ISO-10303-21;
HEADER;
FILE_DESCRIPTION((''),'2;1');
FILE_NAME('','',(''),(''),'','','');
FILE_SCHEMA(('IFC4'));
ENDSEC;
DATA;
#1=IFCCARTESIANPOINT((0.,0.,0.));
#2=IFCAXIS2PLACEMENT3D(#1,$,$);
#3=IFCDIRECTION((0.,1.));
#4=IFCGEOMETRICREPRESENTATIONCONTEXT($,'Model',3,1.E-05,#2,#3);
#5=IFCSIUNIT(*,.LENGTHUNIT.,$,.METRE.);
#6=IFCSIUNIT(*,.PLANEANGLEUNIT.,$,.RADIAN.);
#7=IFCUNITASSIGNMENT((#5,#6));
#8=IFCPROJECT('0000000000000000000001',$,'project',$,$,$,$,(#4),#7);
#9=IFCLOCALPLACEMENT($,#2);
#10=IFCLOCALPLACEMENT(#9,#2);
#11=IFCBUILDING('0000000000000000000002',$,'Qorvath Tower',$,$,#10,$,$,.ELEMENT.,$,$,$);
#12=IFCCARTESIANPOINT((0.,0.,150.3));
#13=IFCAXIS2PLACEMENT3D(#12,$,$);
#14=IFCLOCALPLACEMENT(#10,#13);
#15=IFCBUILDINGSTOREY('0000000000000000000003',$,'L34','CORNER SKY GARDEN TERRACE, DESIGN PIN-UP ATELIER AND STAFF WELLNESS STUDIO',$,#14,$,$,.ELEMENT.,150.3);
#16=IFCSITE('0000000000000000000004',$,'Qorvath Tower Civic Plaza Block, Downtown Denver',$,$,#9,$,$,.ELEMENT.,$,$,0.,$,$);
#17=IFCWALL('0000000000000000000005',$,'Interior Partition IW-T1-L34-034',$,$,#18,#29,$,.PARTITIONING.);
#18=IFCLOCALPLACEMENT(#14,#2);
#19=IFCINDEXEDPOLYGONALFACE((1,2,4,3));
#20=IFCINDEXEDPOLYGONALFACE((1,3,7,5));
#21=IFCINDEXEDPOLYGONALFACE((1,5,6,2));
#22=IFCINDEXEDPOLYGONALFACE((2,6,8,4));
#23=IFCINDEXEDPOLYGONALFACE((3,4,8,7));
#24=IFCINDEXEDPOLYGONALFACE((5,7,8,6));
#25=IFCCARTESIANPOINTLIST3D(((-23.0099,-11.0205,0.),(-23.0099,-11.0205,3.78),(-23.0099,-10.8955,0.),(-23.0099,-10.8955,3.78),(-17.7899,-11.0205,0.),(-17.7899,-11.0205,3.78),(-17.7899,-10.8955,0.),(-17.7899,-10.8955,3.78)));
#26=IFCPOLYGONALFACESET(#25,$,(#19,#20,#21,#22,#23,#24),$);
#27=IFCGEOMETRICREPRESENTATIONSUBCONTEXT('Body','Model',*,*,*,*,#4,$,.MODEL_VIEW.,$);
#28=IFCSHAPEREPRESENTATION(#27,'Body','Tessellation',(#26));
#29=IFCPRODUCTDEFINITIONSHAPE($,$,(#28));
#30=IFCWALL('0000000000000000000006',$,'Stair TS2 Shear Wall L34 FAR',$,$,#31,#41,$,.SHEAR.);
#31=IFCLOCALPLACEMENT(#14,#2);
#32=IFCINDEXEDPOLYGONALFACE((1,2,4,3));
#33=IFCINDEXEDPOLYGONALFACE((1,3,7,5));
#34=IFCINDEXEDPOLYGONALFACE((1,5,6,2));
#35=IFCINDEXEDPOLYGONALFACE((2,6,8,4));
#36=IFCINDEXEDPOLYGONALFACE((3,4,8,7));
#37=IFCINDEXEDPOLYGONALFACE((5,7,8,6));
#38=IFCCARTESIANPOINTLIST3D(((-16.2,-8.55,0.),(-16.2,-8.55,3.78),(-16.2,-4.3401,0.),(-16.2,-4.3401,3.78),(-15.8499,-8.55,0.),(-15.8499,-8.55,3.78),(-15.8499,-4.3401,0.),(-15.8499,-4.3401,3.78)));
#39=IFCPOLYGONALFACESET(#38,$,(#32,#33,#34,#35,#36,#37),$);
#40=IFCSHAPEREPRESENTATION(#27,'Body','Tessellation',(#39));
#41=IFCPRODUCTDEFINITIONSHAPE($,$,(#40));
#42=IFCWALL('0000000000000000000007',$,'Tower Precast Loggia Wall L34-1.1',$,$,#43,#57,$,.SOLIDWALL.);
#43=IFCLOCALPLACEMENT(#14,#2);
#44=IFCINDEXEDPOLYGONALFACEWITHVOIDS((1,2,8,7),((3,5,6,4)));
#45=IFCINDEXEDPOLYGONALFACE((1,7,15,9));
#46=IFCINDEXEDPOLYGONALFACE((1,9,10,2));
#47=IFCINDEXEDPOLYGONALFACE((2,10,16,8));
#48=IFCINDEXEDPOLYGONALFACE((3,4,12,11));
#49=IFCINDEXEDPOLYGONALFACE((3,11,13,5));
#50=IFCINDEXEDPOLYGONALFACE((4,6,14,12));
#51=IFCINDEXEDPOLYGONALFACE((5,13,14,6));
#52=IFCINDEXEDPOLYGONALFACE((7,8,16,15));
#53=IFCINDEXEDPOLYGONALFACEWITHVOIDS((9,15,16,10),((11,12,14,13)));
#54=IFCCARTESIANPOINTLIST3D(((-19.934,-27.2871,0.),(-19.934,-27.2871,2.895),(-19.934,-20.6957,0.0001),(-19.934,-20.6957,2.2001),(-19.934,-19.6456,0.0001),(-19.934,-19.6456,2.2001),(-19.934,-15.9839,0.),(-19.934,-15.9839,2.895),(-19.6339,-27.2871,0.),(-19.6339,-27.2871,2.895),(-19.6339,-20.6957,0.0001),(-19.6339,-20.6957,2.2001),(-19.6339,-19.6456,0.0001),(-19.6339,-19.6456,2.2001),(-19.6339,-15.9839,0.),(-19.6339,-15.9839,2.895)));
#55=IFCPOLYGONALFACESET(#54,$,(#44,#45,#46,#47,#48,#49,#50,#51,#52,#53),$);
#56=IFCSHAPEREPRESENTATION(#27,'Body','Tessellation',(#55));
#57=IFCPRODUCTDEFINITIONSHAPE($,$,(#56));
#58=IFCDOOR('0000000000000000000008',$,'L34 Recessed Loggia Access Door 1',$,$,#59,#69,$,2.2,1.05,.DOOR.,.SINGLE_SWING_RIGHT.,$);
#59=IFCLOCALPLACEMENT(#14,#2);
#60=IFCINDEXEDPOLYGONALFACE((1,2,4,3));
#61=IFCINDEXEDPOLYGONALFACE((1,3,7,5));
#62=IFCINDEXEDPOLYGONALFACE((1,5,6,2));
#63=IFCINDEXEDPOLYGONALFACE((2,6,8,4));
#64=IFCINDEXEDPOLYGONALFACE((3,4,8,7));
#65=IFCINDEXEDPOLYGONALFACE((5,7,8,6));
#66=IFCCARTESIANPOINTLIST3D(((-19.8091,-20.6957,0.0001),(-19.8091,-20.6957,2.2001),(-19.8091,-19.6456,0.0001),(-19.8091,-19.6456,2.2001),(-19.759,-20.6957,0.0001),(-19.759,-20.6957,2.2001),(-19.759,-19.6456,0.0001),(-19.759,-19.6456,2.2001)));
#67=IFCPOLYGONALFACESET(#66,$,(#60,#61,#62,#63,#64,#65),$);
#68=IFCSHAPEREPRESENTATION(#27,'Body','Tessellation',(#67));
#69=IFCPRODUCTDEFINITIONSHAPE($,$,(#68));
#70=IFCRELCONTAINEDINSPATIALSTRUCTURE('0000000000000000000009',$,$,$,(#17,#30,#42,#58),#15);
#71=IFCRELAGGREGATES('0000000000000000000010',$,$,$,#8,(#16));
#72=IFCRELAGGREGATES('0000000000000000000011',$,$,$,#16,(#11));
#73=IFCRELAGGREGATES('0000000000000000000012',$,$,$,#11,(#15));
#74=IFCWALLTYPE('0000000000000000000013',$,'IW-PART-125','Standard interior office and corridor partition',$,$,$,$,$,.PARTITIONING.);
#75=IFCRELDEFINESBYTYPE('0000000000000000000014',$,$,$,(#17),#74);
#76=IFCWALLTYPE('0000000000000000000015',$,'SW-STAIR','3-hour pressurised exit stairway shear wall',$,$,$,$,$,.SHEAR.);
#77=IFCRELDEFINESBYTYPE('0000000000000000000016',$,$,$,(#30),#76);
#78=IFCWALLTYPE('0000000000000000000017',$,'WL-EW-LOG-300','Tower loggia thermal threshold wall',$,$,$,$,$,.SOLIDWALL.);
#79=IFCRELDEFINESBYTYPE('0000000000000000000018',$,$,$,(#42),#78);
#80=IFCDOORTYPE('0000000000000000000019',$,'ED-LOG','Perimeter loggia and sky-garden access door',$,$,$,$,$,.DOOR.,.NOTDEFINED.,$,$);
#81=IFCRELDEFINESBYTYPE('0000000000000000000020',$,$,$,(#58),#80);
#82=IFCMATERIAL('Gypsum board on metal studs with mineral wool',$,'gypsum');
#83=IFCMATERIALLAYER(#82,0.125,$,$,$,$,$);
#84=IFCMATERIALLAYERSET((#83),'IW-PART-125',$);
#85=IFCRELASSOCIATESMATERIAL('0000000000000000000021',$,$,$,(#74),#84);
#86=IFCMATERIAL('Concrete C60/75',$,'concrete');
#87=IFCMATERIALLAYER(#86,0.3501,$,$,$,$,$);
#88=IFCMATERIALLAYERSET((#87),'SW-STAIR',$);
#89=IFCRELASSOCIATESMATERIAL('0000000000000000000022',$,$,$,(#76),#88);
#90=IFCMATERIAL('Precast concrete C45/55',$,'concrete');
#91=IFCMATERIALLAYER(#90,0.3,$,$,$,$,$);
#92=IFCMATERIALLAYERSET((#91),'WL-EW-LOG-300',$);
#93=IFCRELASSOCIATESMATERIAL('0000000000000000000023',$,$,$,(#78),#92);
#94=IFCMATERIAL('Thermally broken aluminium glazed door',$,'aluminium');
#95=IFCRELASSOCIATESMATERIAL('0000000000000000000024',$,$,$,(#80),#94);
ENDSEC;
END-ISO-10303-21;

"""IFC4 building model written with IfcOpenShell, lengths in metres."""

from ifc_helpers import new_model, si_unit, direction, frame, frame_2d, origin, place, context, subcontext, project, spatial, rectangle, extrude, material, layer, layer_set, type_object, element, fill, save


model = new_model("IFC4")

# Units and contexts
model_context = context("Model", 3, precision=1e-05, world=origin(), true_north=direction((0.0, 1.0)))
body_context = subcontext(model_context, "Body", "Model", "MODEL_VIEW")
ifc_project = project(units=[si_unit("LENGTHUNIT", "METRE"), si_unit("PLANEANGLEUNIT", "RADIAN")], contexts=[model_context])

# Site, building, storey
site_placement = place(None, origin())
site = spatial("IfcSite", under=ifc_project, at=site_placement, Name="Qorvath Tower Civic Plaza Block, Downtown Denver", CompositionType="ELEMENT", RefElevation=0.0)
building_placement = place(site_placement, origin())
building = spatial("IfcBuilding", under=site, at=building_placement, Name="Qorvath Tower", CompositionType="ELEMENT")
storey_placement = place(building_placement, frame((0.0, 0.0, 150.3)))
storey = spatial("IfcBuildingStorey", under=building, at=storey_placement, Name="L34", Description="CORNER SKY GARDEN TERRACE, DESIGN PIN-UP ATELIER AND STAFF WELLNESS STUDIO", CompositionType="ELEMENT", Elevation=150.3)

# Walls
ifc_material_1 = material(Name="Gypsum board on metal studs with mineral wool", Category="gypsum")
ifc_layer_1 = layer(ifc_material_1, 0.125)
ifc_layer_set_1 = layer_set([ifc_layer_1], Name="IW-PART-125")
wall_type_1 = type_object("IfcWallType", Name="IW-PART-125", Description="Standard interior office and corridor partition", PredefinedType="PARTITIONING", material=ifc_layer_set_1)
wall_1_placement = place(storey_placement, frame((-17.79, -10.958, 0.0), z_axis=(0.0, 0.0, 1.0), x_axis=(-1.0, 0.0, 0.0)))
element("IfcWall", 1, at=wall_1_placement, inside=storey, type_object=wall_type_1, Name="Interior Partition IW-T1-L34-034", PredefinedType="PARTITIONING", context=body_context, shape_type="SweptSolid", body=[
    extrude(rectangle(XDim=5.22, YDim=0.125, at=frame_2d((2.6099, 0.0))), origin(), (0.0, 0.0, 1.0), 3.78),
])
ifc_material_2 = material(Name="Concrete C60/75", Category="concrete")
ifc_layer_2 = layer(ifc_material_2, 0.3501)
ifc_layer_set_2 = layer_set([ifc_layer_2], Name="SW-STAIR")
wall_type_2 = type_object("IfcWallType", Name="SW-STAIR", Description="3-hour pressurised exit stairway shear wall", PredefinedType="SHEAR", material=ifc_layer_set_2)
wall_2_placement = place(storey_placement, frame((-16.0249, -8.55, 0.0), z_axis=(0.0, 0.0, 1.0), x_axis=(0.0, 1.0, 0.0)))
element("IfcWall", 2, at=wall_2_placement, inside=storey, type_object=wall_type_2, Name="Stair TS2 Shear Wall L34 FAR", PredefinedType="SHEAR", context=body_context, shape_type="SweptSolid", body=[
    extrude(rectangle(XDim=4.21, YDim=0.3501, at=frame_2d((2.105, 0.0))), origin(), (0.0, 0.0, 1.0), 3.78),
])

# Wall, opening, door
ifc_material_3 = material(Name="Precast concrete C45/55", Category="concrete")
ifc_layer_3 = layer(ifc_material_3, 0.3)
ifc_layer_set_3 = layer_set([ifc_layer_3], Name="WL-EW-LOG-300")
wall_type_3 = type_object("IfcWallType", Name="WL-EW-LOG-300", Description="Tower loggia thermal threshold wall", PredefinedType="SOLIDWALL", material=ifc_layer_set_3)
wall_3_placement = place(storey_placement, frame((-19.7839, -15.9839, 0.0), z_axis=(0.0, 0.0, 1.0), x_axis=(0.0, -1.0, 0.0)))
wall_3 = element("IfcWall", 3, at=wall_3_placement, inside=storey, type_object=wall_type_3, Name="Tower Precast Loggia Wall L34-1.1", PredefinedType="SOLIDWALL", context=body_context, shape_type="SweptSolid", body=[
    extrude(rectangle(XDim=11.3032, YDim=0.3, at=frame_2d((5.6516, 0.0))), origin(), (0.0, 0.0, 1.0), 2.895),
])
opening_placement = place(wall_3_placement, frame((3.6619, 0.0, 0.0)))
opening = element("IfcOpeningElement", 4, at=opening_placement, cuts=wall_3, PredefinedType="OPENING", context=body_context, shape_type="SweptSolid", body=[
    extrude(rectangle(XDim=1.05, YDim=2.2, at=frame_2d((0.5249, 1.1001))), frame((0.0, 0.1602, 0.0), z_axis=(0.0, -1.0, 0.0), x_axis=(1.0, 0.0, 0.0)), (0.0, 0.0, 1.0), 0.3201),
])
ifc_material_4 = material(Name="Thermally broken aluminium glazed door", Category="aluminium")
door_type = type_object("IfcDoorType", Name="ED-LOG", Description="Perimeter loggia and sky-garden access door", OperationType="NOTDEFINED", PredefinedType="DOOR", material=ifc_material_4)
door_placement = place(opening_placement, origin())
door = element("IfcDoor", 5, at=door_placement, inside=storey, type_object=door_type, Name="L34 Recessed Loggia Access Door 1", OperationType="SINGLE_SWING_RIGHT", OverallHeight=2.2, OverallWidth=1.05, PredefinedType="DOOR", context=body_context, shape_type="SweptSolid", body=[
    extrude(rectangle(XDim=1.05, YDim=2.2, at=frame_2d((0.5249, 1.1001))), frame((0.0, 0.0249, 0.0), z_axis=(0.0, -1.0, 0.0), x_axis=(1.0, 0.0, 0.0)), (0.0, 0.0, 1.0), 0.05),
])
fill(opening, door)

save(model, "model.ifc")
